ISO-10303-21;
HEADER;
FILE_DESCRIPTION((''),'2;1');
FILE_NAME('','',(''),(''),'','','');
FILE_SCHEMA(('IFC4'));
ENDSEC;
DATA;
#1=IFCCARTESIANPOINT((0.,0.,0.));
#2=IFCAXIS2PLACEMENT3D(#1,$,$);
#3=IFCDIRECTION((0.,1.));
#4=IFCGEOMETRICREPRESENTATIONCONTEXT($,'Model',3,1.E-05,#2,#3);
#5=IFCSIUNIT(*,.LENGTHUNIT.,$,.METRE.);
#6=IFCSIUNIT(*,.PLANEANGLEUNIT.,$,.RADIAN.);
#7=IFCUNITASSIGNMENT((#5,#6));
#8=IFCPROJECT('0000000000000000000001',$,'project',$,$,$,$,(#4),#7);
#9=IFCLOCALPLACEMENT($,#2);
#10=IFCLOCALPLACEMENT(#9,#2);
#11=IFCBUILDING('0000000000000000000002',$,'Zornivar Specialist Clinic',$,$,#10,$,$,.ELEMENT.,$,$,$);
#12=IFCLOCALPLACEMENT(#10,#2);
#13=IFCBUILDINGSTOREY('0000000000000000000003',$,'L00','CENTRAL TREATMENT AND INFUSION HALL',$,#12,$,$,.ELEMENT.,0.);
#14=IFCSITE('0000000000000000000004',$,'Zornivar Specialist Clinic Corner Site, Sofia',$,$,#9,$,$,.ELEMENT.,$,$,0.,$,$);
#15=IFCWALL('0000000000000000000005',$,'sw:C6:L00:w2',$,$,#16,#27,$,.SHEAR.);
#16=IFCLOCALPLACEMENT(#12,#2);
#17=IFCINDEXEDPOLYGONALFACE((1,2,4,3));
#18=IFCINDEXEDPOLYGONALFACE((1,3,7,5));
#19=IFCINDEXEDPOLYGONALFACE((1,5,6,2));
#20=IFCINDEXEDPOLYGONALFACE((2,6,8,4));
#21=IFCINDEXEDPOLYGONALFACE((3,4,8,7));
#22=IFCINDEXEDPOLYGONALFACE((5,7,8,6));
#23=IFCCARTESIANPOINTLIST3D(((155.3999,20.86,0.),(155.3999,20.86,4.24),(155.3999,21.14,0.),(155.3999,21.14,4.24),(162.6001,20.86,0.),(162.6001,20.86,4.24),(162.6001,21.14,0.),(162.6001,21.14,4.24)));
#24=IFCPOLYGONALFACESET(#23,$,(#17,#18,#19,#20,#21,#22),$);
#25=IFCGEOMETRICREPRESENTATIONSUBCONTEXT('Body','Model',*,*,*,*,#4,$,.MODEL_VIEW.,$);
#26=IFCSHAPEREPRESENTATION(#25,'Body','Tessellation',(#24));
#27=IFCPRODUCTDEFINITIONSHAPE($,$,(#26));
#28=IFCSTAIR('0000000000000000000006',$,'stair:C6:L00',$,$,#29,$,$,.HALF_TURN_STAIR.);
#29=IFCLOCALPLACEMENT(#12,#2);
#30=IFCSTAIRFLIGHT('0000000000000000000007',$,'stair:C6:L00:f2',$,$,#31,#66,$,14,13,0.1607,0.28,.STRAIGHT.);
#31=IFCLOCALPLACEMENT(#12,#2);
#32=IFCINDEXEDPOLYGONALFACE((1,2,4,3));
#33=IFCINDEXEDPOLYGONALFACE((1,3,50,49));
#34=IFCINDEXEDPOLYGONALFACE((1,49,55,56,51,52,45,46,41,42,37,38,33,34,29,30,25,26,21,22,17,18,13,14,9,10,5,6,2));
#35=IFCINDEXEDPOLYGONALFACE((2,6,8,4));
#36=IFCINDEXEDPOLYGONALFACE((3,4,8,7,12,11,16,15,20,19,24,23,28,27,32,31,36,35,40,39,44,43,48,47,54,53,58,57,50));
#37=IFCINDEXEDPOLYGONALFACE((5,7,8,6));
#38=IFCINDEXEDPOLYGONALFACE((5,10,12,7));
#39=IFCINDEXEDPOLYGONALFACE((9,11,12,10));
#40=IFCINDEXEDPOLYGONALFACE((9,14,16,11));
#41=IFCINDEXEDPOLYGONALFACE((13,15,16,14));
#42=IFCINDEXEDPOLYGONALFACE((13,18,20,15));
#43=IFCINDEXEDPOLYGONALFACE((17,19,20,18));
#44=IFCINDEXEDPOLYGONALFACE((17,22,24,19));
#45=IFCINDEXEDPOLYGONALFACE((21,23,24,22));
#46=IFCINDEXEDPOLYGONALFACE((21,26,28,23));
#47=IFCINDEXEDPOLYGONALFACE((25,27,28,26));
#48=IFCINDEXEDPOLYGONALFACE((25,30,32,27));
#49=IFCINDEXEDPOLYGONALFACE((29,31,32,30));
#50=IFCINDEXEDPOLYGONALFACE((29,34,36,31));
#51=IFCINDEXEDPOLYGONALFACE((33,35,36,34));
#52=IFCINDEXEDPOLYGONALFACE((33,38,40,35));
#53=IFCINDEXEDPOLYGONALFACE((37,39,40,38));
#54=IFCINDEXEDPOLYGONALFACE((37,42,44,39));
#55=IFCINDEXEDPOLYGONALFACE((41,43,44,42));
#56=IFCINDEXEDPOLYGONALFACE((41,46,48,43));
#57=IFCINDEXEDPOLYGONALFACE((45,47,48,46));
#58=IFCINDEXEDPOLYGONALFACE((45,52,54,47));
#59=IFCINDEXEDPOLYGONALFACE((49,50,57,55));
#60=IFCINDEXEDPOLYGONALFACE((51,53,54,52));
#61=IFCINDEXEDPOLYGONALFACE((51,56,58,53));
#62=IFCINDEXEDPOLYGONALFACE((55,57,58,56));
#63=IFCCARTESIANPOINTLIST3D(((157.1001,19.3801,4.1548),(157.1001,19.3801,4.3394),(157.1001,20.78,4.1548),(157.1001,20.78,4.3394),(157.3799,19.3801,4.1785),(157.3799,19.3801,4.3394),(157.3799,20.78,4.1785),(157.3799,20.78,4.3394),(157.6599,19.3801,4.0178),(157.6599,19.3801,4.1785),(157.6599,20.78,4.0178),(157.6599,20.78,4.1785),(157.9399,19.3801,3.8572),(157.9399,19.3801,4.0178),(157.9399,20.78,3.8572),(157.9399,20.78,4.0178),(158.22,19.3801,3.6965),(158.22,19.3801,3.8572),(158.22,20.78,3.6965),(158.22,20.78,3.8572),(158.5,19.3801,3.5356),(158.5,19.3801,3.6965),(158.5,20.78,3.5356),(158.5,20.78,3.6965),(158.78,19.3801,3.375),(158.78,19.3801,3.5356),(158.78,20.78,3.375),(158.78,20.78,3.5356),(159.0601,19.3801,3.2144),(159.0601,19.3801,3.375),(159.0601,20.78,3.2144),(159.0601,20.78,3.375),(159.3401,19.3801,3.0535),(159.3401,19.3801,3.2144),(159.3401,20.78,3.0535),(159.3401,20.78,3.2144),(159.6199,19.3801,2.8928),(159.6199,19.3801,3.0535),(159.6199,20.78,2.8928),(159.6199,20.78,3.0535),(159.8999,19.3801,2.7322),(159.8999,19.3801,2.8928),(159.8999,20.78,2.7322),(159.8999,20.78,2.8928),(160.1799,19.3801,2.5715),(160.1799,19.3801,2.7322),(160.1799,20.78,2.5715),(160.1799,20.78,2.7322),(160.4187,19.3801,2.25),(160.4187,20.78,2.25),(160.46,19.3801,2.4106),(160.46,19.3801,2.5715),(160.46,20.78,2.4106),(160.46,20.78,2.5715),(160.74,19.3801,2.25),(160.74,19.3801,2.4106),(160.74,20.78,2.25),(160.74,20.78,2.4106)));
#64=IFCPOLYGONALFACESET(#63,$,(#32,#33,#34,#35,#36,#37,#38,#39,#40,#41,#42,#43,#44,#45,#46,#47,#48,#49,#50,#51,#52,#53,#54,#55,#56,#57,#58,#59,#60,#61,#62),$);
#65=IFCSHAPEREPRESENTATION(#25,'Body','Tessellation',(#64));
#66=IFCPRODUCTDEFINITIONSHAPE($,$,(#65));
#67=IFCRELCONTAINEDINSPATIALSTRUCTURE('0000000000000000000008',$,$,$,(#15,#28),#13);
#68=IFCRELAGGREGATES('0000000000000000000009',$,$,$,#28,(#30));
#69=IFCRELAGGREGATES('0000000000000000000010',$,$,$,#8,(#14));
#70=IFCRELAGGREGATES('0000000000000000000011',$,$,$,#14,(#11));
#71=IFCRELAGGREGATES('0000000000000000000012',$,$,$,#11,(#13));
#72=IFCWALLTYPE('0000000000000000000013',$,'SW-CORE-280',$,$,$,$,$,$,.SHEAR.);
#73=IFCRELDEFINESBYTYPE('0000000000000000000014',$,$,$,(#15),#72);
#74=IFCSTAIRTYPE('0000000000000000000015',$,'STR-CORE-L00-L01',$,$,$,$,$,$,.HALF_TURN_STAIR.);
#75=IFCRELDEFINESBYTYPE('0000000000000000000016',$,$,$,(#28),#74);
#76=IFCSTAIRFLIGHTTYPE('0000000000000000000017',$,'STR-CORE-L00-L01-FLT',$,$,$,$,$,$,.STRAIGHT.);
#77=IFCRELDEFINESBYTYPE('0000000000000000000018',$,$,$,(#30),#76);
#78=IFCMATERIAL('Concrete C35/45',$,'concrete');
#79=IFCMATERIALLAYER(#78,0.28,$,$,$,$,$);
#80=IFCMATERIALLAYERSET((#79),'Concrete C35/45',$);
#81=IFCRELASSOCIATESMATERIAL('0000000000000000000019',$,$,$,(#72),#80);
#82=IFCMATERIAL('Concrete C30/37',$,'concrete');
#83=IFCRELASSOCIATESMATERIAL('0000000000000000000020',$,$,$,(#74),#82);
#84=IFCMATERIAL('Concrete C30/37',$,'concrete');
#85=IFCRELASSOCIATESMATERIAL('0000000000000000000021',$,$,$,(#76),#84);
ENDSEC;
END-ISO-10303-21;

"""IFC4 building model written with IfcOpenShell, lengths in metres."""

from ifc_helpers import new_model, si_unit, direction, frame, frame_2d, origin, place, context, subcontext, project, spatial, polyline, rectangle, outline, extrude, material, layer, layer_set, type_object, element, aggregate, save


model = new_model("IFC4")

# Units and contexts
model_context = context("Model", 3, precision=1e-05, world=origin(), true_north=direction((0.0, 1.0)))
body_context = subcontext(model_context, "Body", "Model", "MODEL_VIEW")
ifc_project = project(units=[si_unit("LENGTHUNIT", "METRE"), si_unit("PLANEANGLEUNIT", "RADIAN")], contexts=[model_context])

# Site, building, storey
site_placement = place(None, origin())
site = spatial("IfcSite", under=ifc_project, at=site_placement, Name="Zornivar Specialist Clinic Corner Site, Sofia", CompositionType="ELEMENT", RefElevation=0.0)
building_placement = place(site_placement, origin())
building = spatial("IfcBuilding", under=site, at=building_placement, Name="Zornivar Specialist Clinic", CompositionType="ELEMENT")
storey_placement = place(building_placement, origin())
storey = spatial("IfcBuildingStorey", under=building, at=storey_placement, Name="L00", Description="CENTRAL TREATMENT AND INFUSION HALL", CompositionType="ELEMENT", Elevation=0.0)

# Wall
ifc_material_1 = material(Name="Concrete C35/45", Category="concrete")
ifc_layer_1 = layer(ifc_material_1, 0.28)
ifc_layer_set_1 = layer_set([ifc_layer_1], Name="Concrete C35/45")
wall_type_1 = type_object("IfcWallType", Name="SW-CORE-280", PredefinedType="SHEAR", material=ifc_layer_set_1)
wall_1_placement = place(storey_placement, frame((162.6001, 21.0, 0.0), z_axis=(0.0, 0.0, 1.0), x_axis=(-1.0, 0.0, 0.0)))
element("IfcWall", 1, at=wall_1_placement, inside=storey, type_object=wall_type_1, Name="sw:C6:L00:w2", PredefinedType="SHEAR", context=body_context, shape_type="SweptSolid", body=[
    extrude(rectangle(XDim=7.2002, YDim=0.28, at=frame_2d((3.6001, 0.0))), origin(), (0.0, 0.0, 1.0), 4.24),
])

# Stair, stair flight
ifc_material_2 = material(Name="Concrete C30/37", Category="concrete")
stair_type = type_object("IfcStairType", Name="STR-CORE-L00-L01", PredefinedType="HALF_TURN_STAIR", material=ifc_material_2)
stair_placement = place(storey_placement, origin())
stair = element("IfcStair", 2, at=stair_placement, inside=storey, type_object=stair_type, Name="stair:C6:L00", PredefinedType="HALF_TURN_STAIR")
ifc_material_3 = material(Name="Concrete C30/37", Category="concrete")
stair_flight_type = type_object("IfcStairFlightType", Name="STR-CORE-L00-L01-FLT", PredefinedType="STRAIGHT", material=ifc_material_3)
stair_flight_placement = place(storey_placement, frame((160.74, 20.0801, 2.25), z_axis=(0.0, 0.0, 1.0), x_axis=(-1.0, 0.0, 0.0)))
stair_flight = element("IfcStairFlight", 3, at=stair_flight_placement, type_object=stair_flight_type, Name="stair:C6:L00:f2", NumberOfRisers=14, NumberOfTreads=13, PredefinedType="STRAIGHT", RiserHeight=0.1607, TreadLength=0.28, context=body_context, shape_type="SweptSolid", body=[
    extrude(outline(polyline([(0.0, 0.0), (0.0, 0.1606), (0.28, 0.1606), (0.28, 0.3215), (0.5601, 0.3215), (0.5601, 0.4822), (0.8401, 0.4822), (0.8401, 0.6428), (1.1201, 0.6428), (1.1201, 0.8035), (1.3999, 0.8035), (1.3999, 0.9644), (1.6799, 0.9644), (1.6799, 1.125), (1.96, 1.125), (1.96, 1.2856), (2.24, 1.2856), (2.24, 1.4465), (2.52, 1.4465), (2.52, 1.6072), (2.8, 1.6072), (2.8, 1.7678), (3.0801, 1.7678), (3.0801, 1.9285), (3.3601, 1.9285), (3.3601, 2.0894), (3.6399, 2.0894), (3.6399, 2.25), (3.6399, 1.9048), (0.3213, 0.0), (0.0, 0.0)])), frame((0.0, 0.7, 0.0), z_axis=(0.0, -1.0, 0.0), x_axis=(1.0, 0.0, 0.0)), (0.0, 0.0, 1.0), 1.3999),
])
aggregate(stair, [stair_flight])

save(model, "model.ifc")
